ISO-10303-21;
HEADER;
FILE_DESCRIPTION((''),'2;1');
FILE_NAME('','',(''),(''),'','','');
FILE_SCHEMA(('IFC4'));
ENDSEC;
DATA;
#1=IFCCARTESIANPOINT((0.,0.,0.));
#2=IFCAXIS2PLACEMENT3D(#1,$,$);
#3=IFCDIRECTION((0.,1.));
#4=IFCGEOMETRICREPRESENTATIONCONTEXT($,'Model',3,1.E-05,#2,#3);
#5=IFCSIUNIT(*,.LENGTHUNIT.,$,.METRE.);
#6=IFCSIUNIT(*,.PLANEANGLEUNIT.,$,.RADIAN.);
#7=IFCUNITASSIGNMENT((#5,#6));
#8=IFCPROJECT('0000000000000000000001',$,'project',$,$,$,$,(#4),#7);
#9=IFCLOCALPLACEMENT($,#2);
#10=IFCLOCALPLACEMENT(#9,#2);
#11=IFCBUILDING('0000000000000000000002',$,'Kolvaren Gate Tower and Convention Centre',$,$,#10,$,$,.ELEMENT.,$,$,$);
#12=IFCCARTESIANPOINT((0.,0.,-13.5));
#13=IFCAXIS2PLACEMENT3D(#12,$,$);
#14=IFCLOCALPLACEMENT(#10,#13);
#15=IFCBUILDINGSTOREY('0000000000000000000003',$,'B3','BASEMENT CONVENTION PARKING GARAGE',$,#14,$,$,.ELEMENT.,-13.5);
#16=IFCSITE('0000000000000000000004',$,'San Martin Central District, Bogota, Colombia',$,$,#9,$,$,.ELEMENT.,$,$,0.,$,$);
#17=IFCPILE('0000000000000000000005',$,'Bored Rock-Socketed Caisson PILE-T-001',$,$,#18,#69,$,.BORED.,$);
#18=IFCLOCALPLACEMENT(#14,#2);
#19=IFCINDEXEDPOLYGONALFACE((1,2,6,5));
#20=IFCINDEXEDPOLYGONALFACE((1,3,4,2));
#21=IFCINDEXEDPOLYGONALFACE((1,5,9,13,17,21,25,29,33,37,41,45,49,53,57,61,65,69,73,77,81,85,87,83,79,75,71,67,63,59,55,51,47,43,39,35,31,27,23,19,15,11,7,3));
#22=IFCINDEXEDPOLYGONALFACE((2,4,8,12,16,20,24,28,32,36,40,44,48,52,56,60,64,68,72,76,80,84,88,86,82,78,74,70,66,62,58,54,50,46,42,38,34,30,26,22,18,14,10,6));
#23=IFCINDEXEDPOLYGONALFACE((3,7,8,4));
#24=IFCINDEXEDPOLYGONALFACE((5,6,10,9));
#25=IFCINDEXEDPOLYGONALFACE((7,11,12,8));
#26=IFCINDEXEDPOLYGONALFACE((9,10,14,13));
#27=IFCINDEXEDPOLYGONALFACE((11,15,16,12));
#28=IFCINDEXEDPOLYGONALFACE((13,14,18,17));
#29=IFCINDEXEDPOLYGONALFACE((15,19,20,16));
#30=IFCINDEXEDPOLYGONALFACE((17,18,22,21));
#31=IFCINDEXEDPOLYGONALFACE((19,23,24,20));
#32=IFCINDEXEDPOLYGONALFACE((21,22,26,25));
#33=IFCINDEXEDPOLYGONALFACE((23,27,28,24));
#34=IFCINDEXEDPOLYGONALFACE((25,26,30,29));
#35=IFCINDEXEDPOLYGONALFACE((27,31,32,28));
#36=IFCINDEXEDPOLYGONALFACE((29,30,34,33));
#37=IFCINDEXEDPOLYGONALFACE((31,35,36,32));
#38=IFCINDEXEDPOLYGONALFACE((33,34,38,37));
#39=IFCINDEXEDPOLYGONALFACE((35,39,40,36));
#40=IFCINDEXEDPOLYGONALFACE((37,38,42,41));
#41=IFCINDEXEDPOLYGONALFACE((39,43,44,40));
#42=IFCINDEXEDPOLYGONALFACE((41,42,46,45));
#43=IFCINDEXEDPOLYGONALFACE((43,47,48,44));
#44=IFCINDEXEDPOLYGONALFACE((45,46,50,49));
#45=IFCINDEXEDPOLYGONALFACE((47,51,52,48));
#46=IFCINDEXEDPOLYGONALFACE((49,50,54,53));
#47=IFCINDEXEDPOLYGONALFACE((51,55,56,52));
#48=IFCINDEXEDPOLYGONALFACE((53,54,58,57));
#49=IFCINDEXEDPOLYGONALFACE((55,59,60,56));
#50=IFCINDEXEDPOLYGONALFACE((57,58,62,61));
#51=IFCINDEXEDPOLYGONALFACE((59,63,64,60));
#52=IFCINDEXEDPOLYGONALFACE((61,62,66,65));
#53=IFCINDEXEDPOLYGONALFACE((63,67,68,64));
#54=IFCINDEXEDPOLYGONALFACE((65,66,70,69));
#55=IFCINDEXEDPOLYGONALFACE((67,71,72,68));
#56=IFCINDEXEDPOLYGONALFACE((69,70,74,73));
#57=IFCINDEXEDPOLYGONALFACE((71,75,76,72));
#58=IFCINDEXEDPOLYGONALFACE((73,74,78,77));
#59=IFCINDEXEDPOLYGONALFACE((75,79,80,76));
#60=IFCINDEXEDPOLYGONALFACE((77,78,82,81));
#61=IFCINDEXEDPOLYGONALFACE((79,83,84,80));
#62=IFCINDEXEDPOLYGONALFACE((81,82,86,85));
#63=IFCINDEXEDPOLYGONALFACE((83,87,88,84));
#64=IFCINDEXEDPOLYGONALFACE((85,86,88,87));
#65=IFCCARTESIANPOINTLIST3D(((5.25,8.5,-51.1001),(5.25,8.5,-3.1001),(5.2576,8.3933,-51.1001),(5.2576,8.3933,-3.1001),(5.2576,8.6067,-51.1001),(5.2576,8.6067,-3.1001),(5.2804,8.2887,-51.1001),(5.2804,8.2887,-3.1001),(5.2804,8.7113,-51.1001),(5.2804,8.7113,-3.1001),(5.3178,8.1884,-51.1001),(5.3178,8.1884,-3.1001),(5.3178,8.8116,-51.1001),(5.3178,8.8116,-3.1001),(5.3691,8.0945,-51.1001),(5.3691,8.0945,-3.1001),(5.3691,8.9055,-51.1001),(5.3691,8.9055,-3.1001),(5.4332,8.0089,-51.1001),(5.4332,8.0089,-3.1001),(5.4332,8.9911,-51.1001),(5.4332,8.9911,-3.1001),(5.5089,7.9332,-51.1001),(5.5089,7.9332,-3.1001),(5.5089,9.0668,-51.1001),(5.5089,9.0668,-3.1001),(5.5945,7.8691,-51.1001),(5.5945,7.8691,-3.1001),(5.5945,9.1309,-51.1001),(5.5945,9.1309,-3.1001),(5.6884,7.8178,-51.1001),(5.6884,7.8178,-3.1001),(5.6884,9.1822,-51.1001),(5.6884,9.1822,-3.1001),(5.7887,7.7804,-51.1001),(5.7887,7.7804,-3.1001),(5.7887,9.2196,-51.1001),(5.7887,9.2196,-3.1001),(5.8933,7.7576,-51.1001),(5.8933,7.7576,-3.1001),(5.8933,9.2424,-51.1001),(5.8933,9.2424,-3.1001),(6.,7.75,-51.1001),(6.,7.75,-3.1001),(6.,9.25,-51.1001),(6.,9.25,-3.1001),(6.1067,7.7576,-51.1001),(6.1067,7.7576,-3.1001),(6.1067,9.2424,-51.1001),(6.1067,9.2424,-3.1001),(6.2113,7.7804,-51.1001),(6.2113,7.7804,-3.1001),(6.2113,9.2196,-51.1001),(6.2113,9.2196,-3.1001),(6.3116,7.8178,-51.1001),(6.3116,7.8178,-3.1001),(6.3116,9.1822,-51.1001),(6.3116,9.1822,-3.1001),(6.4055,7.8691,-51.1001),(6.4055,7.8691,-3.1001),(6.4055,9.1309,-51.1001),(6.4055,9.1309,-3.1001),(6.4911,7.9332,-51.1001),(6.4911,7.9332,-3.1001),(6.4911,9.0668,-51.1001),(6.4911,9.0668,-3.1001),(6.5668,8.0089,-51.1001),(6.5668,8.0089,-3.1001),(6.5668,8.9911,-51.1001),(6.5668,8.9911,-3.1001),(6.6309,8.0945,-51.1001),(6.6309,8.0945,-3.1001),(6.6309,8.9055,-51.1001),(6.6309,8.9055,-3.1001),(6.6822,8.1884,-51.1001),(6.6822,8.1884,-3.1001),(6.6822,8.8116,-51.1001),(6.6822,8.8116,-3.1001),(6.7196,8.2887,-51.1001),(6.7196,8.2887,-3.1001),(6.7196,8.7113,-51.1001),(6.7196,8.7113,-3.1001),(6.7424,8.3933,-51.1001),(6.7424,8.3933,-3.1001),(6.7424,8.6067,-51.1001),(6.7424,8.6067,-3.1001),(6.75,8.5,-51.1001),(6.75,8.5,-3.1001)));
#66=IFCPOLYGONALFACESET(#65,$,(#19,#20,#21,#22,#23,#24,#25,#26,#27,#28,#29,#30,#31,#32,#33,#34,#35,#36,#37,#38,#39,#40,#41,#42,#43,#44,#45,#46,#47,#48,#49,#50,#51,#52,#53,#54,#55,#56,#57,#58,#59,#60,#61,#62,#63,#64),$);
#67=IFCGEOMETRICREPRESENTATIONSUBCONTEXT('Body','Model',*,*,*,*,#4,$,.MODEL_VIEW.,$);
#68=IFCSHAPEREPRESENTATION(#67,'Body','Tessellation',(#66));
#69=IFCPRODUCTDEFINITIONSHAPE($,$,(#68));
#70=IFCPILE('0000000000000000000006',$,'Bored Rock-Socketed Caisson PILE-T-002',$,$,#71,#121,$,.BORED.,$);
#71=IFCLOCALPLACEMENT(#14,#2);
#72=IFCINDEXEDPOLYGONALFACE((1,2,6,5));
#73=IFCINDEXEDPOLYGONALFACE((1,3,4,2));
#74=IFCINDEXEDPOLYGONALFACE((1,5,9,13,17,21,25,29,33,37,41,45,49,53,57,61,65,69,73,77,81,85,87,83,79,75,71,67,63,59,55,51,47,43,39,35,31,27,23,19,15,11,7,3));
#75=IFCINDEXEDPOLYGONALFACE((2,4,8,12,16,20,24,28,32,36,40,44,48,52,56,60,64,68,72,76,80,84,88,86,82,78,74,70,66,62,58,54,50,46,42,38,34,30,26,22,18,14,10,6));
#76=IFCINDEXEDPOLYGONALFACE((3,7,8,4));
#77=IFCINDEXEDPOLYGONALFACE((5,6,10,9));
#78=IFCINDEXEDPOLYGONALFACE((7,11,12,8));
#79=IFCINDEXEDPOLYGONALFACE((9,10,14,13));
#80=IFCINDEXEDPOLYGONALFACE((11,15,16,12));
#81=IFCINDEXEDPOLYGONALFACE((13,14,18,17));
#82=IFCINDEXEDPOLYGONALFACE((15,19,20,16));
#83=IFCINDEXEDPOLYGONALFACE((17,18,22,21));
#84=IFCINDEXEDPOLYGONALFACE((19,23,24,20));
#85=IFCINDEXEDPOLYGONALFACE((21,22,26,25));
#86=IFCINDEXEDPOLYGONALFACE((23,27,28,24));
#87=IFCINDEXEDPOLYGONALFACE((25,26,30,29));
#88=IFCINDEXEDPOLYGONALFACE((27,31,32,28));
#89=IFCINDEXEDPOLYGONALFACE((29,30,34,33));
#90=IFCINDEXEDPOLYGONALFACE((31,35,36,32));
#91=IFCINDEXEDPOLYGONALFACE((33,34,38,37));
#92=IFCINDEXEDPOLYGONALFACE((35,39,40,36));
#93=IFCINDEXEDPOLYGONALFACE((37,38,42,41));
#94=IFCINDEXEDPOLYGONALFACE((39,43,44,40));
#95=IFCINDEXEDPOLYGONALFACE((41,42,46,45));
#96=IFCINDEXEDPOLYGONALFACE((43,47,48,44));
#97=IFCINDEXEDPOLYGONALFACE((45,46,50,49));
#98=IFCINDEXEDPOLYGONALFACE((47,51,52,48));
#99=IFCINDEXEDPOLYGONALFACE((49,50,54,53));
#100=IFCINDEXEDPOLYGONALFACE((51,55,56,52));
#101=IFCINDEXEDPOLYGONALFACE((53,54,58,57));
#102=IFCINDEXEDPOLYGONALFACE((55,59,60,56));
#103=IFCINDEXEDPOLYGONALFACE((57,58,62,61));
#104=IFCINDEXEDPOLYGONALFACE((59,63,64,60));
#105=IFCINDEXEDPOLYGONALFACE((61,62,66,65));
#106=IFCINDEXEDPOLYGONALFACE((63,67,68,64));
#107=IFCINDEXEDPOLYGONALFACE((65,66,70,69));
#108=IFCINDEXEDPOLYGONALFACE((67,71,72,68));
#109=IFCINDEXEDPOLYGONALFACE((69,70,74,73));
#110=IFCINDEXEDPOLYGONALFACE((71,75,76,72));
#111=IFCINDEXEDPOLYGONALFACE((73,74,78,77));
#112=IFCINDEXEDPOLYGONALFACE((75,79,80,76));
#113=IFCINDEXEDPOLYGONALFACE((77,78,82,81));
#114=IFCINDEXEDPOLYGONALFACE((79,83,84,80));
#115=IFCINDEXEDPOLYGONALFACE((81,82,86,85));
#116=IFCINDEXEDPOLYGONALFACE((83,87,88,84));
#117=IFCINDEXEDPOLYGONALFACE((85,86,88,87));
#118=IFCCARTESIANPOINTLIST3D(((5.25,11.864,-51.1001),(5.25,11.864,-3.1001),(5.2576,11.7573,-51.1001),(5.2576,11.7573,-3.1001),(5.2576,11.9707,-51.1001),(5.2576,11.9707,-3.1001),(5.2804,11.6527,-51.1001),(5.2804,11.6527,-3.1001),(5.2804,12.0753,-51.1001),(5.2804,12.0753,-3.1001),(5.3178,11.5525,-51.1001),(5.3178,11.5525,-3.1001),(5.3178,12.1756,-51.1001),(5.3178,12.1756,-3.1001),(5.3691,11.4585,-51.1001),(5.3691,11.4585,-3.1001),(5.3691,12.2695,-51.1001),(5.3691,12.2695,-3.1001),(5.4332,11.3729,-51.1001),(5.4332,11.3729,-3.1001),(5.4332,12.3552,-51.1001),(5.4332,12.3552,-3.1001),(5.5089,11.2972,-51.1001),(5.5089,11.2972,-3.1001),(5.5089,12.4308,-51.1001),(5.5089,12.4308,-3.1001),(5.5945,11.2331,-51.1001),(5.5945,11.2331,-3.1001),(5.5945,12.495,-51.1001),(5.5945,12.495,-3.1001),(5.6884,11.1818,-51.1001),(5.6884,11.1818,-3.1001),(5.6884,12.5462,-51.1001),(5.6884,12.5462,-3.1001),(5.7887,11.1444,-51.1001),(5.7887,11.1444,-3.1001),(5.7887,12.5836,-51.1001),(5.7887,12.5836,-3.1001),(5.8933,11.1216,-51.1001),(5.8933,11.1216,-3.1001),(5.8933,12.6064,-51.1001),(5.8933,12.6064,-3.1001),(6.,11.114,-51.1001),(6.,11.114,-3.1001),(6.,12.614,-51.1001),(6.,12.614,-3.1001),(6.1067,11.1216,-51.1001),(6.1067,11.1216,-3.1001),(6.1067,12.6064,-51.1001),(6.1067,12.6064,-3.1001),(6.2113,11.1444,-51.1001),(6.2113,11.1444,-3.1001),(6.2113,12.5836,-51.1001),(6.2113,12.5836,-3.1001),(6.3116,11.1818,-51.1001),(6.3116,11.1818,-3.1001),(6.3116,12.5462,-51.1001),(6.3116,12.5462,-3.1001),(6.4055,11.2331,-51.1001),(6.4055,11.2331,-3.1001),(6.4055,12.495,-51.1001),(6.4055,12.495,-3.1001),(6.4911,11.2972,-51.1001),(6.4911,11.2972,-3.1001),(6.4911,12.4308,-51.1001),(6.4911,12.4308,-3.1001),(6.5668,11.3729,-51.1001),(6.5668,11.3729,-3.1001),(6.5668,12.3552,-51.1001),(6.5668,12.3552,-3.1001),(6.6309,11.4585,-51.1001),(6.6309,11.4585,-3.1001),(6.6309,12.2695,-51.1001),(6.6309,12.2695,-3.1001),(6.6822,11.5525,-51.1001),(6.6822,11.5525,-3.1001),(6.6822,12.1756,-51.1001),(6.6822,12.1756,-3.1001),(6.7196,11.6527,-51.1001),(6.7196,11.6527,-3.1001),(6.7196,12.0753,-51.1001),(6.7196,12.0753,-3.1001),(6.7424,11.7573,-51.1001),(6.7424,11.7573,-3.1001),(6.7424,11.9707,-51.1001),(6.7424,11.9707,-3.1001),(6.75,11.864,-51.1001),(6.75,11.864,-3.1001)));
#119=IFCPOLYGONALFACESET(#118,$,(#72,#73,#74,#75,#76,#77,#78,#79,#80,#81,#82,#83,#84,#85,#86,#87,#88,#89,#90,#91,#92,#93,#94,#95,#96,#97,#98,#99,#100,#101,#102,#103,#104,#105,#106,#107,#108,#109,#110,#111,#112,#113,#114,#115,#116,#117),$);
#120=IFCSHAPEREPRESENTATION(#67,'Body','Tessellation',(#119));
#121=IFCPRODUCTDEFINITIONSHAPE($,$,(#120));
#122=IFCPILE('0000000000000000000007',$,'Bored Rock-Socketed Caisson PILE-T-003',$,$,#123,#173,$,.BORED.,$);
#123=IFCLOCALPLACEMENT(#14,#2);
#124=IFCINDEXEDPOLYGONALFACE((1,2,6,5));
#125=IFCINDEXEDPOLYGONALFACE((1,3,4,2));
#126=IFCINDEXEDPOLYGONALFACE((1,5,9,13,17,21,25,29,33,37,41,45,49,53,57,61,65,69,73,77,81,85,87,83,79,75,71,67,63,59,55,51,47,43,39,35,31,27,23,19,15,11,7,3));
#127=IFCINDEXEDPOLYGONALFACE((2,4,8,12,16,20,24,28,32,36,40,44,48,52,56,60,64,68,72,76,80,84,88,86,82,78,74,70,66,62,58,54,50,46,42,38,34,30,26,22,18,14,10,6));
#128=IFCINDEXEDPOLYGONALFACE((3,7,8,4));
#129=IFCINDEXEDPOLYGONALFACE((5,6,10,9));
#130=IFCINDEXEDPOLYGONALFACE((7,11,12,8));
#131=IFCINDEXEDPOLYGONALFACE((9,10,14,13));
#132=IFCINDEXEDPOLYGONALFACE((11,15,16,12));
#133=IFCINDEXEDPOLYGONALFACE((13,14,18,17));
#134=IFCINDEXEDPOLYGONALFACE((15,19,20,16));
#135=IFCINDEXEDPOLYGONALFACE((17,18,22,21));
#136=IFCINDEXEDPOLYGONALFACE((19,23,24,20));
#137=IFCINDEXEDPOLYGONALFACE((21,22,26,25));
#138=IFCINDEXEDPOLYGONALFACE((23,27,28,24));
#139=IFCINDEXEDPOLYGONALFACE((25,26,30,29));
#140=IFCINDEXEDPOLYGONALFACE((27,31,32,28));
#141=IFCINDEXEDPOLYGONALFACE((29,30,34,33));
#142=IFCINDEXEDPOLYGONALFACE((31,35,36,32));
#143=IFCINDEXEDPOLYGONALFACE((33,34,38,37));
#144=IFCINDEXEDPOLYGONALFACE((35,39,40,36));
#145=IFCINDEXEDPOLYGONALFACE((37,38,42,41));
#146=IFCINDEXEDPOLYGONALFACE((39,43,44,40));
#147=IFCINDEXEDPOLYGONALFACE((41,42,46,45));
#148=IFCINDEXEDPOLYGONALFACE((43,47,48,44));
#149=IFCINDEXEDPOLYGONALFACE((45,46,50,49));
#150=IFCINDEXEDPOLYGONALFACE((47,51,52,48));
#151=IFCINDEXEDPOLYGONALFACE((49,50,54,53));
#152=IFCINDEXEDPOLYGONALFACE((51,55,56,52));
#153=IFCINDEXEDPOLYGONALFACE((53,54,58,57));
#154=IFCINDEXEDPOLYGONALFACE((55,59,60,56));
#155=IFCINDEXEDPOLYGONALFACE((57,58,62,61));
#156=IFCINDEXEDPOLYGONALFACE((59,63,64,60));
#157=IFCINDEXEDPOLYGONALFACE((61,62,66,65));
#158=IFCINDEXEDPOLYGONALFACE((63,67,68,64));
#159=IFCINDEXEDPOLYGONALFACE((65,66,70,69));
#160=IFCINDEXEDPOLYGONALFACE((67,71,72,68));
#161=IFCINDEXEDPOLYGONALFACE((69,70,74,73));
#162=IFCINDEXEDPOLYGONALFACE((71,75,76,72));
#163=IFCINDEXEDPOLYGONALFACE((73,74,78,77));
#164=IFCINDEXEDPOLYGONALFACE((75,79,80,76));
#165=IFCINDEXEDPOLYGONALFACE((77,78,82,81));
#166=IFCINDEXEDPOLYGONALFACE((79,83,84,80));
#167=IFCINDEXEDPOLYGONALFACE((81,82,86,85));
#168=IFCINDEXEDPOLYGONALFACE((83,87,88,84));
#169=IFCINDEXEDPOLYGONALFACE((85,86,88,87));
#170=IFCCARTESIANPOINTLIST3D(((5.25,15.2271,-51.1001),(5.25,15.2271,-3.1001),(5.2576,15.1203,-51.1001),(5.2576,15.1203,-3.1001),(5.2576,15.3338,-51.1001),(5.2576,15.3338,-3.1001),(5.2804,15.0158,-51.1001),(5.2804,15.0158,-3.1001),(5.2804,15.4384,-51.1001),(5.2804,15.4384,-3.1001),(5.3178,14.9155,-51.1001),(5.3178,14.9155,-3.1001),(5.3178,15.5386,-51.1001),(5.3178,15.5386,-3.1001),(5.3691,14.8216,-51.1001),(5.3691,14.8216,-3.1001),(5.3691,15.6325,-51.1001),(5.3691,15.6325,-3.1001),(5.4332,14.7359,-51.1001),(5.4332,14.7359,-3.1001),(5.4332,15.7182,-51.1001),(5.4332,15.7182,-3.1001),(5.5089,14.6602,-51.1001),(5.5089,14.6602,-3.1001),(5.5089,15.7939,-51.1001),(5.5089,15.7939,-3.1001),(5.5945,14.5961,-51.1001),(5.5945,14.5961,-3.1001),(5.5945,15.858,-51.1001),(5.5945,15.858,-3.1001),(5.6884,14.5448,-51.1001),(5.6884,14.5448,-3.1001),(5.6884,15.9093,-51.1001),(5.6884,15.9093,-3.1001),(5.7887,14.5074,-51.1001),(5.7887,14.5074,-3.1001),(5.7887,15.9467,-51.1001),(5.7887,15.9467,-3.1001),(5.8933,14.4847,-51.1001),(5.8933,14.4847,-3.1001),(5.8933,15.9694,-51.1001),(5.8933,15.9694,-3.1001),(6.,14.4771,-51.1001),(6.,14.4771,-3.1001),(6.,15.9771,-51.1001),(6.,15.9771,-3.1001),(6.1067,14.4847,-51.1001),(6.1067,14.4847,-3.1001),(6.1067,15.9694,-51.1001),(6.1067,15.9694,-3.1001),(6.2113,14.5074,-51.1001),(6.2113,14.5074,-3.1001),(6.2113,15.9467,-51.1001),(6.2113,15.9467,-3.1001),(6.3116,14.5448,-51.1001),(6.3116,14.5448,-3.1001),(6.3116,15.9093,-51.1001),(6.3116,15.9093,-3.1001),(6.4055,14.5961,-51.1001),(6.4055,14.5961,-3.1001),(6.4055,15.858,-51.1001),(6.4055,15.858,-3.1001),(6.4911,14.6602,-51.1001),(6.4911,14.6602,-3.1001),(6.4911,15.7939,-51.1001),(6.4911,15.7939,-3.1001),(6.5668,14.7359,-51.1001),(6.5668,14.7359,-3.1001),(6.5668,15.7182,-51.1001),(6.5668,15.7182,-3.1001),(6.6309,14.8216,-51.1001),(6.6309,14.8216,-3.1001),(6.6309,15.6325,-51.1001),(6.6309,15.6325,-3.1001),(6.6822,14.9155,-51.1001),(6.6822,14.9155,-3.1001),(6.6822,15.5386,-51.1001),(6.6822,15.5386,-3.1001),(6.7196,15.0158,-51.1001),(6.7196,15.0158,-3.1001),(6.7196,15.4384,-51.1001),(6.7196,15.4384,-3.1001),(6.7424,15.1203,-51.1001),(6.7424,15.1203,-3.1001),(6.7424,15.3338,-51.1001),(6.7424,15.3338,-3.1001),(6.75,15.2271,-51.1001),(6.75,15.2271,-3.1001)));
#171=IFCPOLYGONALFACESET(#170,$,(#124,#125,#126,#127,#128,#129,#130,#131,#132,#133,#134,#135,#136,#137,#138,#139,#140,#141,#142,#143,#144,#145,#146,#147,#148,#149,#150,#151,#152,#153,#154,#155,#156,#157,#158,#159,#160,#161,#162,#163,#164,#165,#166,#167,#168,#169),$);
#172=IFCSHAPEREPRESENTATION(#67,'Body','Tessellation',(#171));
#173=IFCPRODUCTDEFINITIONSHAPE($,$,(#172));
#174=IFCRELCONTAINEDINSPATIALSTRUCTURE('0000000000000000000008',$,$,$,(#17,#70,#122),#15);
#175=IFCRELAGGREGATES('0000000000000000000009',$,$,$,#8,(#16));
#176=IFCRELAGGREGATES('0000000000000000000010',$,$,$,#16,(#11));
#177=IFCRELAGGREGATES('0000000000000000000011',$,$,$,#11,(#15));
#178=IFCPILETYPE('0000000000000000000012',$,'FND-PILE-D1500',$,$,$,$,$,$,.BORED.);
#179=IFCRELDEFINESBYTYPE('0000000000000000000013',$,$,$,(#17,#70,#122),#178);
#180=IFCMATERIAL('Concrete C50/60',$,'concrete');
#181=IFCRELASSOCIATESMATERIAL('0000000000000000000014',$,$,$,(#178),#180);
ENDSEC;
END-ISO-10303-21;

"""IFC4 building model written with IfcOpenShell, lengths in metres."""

from ifc_helpers import new_model, si_unit, direction, frame, origin, origin_2d, place, context, subcontext, project, spatial, circle, extrude, material, material_profile, profile_set, type_object, element, save


model = new_model("IFC4")

# Units and contexts
model_context = context("Model", 3, precision=1e-05, world=origin(), true_north=direction((0.0, 1.0)))
body_context = subcontext(model_context, "Body", "Model", "MODEL_VIEW")
ifc_project = project(units=[si_unit("LENGTHUNIT", "METRE"), si_unit("PLANEANGLEUNIT", "RADIAN")], contexts=[model_context])

# Site, building, storey
site_placement = place(None, origin())
site = spatial("IfcSite", under=ifc_project, at=site_placement, Name="San Martin Central District, Bogota, Colombia", CompositionType="ELEMENT", RefElevation=0.0)
building_placement = place(site_placement, origin())
building = spatial("IfcBuilding", under=site, at=building_placement, Name="Kolvaren Gate Tower and Convention Centre", CompositionType="ELEMENT")
storey_placement = place(building_placement, frame((0.0, 0.0, -13.5)))
storey = spatial("IfcBuildingStorey", under=building, at=storey_placement, Name="B3", Description="BASEMENT CONVENTION PARKING GARAGE", CompositionType="ELEMENT", Elevation=-13.5)

# Piles
ifc_material_1 = material(Name="Concrete C50/60", Category="concrete")
ifc_material_profile_1 = material_profile(ifc_material_1, circle(Radius=0.75, at=origin_2d()), Name="CAISSON-D1500")
ifc_profile_set_1 = profile_set([ifc_material_profile_1], Name="Concrete C50/60")
pile_type = type_object("IfcPileType", Name="FND-PILE-D1500", PredefinedType="BORED", material=ifc_profile_set_1)
for number, where, z_axis, x_axis, name in (
    (1, (6.0, 8.5, -3.1001), (0.0, 0.0, -1.0), (1.0, 0.0, 0.0), "Bored Rock-Socketed Caisson PILE-T-001"),
    (2, (6.0, 11.864, -3.1001), (0.0, 0.0, -1.0), (1.0, 0.0, 0.0), "Bored Rock-Socketed Caisson PILE-T-002"),
    (3, (6.0, 15.2271, -3.1001), (0.0, 0.0, -1.0), (1.0, 0.0, 0.0), "Bored Rock-Socketed Caisson PILE-T-003"),
):
    element("IfcPile", number, at=place(storey_placement, frame(where, z_axis=z_axis, x_axis=x_axis)), inside=storey, type_object=pile_type, Name=name, PredefinedType="BORED", context=body_context, shape_type="SweptSolid", body=[
        extrude(circle(Radius=0.75, at=origin_2d()), origin(), (0.0, 0.0, 1.0), 48.0),
    ])

save(model, "model.ifc")
